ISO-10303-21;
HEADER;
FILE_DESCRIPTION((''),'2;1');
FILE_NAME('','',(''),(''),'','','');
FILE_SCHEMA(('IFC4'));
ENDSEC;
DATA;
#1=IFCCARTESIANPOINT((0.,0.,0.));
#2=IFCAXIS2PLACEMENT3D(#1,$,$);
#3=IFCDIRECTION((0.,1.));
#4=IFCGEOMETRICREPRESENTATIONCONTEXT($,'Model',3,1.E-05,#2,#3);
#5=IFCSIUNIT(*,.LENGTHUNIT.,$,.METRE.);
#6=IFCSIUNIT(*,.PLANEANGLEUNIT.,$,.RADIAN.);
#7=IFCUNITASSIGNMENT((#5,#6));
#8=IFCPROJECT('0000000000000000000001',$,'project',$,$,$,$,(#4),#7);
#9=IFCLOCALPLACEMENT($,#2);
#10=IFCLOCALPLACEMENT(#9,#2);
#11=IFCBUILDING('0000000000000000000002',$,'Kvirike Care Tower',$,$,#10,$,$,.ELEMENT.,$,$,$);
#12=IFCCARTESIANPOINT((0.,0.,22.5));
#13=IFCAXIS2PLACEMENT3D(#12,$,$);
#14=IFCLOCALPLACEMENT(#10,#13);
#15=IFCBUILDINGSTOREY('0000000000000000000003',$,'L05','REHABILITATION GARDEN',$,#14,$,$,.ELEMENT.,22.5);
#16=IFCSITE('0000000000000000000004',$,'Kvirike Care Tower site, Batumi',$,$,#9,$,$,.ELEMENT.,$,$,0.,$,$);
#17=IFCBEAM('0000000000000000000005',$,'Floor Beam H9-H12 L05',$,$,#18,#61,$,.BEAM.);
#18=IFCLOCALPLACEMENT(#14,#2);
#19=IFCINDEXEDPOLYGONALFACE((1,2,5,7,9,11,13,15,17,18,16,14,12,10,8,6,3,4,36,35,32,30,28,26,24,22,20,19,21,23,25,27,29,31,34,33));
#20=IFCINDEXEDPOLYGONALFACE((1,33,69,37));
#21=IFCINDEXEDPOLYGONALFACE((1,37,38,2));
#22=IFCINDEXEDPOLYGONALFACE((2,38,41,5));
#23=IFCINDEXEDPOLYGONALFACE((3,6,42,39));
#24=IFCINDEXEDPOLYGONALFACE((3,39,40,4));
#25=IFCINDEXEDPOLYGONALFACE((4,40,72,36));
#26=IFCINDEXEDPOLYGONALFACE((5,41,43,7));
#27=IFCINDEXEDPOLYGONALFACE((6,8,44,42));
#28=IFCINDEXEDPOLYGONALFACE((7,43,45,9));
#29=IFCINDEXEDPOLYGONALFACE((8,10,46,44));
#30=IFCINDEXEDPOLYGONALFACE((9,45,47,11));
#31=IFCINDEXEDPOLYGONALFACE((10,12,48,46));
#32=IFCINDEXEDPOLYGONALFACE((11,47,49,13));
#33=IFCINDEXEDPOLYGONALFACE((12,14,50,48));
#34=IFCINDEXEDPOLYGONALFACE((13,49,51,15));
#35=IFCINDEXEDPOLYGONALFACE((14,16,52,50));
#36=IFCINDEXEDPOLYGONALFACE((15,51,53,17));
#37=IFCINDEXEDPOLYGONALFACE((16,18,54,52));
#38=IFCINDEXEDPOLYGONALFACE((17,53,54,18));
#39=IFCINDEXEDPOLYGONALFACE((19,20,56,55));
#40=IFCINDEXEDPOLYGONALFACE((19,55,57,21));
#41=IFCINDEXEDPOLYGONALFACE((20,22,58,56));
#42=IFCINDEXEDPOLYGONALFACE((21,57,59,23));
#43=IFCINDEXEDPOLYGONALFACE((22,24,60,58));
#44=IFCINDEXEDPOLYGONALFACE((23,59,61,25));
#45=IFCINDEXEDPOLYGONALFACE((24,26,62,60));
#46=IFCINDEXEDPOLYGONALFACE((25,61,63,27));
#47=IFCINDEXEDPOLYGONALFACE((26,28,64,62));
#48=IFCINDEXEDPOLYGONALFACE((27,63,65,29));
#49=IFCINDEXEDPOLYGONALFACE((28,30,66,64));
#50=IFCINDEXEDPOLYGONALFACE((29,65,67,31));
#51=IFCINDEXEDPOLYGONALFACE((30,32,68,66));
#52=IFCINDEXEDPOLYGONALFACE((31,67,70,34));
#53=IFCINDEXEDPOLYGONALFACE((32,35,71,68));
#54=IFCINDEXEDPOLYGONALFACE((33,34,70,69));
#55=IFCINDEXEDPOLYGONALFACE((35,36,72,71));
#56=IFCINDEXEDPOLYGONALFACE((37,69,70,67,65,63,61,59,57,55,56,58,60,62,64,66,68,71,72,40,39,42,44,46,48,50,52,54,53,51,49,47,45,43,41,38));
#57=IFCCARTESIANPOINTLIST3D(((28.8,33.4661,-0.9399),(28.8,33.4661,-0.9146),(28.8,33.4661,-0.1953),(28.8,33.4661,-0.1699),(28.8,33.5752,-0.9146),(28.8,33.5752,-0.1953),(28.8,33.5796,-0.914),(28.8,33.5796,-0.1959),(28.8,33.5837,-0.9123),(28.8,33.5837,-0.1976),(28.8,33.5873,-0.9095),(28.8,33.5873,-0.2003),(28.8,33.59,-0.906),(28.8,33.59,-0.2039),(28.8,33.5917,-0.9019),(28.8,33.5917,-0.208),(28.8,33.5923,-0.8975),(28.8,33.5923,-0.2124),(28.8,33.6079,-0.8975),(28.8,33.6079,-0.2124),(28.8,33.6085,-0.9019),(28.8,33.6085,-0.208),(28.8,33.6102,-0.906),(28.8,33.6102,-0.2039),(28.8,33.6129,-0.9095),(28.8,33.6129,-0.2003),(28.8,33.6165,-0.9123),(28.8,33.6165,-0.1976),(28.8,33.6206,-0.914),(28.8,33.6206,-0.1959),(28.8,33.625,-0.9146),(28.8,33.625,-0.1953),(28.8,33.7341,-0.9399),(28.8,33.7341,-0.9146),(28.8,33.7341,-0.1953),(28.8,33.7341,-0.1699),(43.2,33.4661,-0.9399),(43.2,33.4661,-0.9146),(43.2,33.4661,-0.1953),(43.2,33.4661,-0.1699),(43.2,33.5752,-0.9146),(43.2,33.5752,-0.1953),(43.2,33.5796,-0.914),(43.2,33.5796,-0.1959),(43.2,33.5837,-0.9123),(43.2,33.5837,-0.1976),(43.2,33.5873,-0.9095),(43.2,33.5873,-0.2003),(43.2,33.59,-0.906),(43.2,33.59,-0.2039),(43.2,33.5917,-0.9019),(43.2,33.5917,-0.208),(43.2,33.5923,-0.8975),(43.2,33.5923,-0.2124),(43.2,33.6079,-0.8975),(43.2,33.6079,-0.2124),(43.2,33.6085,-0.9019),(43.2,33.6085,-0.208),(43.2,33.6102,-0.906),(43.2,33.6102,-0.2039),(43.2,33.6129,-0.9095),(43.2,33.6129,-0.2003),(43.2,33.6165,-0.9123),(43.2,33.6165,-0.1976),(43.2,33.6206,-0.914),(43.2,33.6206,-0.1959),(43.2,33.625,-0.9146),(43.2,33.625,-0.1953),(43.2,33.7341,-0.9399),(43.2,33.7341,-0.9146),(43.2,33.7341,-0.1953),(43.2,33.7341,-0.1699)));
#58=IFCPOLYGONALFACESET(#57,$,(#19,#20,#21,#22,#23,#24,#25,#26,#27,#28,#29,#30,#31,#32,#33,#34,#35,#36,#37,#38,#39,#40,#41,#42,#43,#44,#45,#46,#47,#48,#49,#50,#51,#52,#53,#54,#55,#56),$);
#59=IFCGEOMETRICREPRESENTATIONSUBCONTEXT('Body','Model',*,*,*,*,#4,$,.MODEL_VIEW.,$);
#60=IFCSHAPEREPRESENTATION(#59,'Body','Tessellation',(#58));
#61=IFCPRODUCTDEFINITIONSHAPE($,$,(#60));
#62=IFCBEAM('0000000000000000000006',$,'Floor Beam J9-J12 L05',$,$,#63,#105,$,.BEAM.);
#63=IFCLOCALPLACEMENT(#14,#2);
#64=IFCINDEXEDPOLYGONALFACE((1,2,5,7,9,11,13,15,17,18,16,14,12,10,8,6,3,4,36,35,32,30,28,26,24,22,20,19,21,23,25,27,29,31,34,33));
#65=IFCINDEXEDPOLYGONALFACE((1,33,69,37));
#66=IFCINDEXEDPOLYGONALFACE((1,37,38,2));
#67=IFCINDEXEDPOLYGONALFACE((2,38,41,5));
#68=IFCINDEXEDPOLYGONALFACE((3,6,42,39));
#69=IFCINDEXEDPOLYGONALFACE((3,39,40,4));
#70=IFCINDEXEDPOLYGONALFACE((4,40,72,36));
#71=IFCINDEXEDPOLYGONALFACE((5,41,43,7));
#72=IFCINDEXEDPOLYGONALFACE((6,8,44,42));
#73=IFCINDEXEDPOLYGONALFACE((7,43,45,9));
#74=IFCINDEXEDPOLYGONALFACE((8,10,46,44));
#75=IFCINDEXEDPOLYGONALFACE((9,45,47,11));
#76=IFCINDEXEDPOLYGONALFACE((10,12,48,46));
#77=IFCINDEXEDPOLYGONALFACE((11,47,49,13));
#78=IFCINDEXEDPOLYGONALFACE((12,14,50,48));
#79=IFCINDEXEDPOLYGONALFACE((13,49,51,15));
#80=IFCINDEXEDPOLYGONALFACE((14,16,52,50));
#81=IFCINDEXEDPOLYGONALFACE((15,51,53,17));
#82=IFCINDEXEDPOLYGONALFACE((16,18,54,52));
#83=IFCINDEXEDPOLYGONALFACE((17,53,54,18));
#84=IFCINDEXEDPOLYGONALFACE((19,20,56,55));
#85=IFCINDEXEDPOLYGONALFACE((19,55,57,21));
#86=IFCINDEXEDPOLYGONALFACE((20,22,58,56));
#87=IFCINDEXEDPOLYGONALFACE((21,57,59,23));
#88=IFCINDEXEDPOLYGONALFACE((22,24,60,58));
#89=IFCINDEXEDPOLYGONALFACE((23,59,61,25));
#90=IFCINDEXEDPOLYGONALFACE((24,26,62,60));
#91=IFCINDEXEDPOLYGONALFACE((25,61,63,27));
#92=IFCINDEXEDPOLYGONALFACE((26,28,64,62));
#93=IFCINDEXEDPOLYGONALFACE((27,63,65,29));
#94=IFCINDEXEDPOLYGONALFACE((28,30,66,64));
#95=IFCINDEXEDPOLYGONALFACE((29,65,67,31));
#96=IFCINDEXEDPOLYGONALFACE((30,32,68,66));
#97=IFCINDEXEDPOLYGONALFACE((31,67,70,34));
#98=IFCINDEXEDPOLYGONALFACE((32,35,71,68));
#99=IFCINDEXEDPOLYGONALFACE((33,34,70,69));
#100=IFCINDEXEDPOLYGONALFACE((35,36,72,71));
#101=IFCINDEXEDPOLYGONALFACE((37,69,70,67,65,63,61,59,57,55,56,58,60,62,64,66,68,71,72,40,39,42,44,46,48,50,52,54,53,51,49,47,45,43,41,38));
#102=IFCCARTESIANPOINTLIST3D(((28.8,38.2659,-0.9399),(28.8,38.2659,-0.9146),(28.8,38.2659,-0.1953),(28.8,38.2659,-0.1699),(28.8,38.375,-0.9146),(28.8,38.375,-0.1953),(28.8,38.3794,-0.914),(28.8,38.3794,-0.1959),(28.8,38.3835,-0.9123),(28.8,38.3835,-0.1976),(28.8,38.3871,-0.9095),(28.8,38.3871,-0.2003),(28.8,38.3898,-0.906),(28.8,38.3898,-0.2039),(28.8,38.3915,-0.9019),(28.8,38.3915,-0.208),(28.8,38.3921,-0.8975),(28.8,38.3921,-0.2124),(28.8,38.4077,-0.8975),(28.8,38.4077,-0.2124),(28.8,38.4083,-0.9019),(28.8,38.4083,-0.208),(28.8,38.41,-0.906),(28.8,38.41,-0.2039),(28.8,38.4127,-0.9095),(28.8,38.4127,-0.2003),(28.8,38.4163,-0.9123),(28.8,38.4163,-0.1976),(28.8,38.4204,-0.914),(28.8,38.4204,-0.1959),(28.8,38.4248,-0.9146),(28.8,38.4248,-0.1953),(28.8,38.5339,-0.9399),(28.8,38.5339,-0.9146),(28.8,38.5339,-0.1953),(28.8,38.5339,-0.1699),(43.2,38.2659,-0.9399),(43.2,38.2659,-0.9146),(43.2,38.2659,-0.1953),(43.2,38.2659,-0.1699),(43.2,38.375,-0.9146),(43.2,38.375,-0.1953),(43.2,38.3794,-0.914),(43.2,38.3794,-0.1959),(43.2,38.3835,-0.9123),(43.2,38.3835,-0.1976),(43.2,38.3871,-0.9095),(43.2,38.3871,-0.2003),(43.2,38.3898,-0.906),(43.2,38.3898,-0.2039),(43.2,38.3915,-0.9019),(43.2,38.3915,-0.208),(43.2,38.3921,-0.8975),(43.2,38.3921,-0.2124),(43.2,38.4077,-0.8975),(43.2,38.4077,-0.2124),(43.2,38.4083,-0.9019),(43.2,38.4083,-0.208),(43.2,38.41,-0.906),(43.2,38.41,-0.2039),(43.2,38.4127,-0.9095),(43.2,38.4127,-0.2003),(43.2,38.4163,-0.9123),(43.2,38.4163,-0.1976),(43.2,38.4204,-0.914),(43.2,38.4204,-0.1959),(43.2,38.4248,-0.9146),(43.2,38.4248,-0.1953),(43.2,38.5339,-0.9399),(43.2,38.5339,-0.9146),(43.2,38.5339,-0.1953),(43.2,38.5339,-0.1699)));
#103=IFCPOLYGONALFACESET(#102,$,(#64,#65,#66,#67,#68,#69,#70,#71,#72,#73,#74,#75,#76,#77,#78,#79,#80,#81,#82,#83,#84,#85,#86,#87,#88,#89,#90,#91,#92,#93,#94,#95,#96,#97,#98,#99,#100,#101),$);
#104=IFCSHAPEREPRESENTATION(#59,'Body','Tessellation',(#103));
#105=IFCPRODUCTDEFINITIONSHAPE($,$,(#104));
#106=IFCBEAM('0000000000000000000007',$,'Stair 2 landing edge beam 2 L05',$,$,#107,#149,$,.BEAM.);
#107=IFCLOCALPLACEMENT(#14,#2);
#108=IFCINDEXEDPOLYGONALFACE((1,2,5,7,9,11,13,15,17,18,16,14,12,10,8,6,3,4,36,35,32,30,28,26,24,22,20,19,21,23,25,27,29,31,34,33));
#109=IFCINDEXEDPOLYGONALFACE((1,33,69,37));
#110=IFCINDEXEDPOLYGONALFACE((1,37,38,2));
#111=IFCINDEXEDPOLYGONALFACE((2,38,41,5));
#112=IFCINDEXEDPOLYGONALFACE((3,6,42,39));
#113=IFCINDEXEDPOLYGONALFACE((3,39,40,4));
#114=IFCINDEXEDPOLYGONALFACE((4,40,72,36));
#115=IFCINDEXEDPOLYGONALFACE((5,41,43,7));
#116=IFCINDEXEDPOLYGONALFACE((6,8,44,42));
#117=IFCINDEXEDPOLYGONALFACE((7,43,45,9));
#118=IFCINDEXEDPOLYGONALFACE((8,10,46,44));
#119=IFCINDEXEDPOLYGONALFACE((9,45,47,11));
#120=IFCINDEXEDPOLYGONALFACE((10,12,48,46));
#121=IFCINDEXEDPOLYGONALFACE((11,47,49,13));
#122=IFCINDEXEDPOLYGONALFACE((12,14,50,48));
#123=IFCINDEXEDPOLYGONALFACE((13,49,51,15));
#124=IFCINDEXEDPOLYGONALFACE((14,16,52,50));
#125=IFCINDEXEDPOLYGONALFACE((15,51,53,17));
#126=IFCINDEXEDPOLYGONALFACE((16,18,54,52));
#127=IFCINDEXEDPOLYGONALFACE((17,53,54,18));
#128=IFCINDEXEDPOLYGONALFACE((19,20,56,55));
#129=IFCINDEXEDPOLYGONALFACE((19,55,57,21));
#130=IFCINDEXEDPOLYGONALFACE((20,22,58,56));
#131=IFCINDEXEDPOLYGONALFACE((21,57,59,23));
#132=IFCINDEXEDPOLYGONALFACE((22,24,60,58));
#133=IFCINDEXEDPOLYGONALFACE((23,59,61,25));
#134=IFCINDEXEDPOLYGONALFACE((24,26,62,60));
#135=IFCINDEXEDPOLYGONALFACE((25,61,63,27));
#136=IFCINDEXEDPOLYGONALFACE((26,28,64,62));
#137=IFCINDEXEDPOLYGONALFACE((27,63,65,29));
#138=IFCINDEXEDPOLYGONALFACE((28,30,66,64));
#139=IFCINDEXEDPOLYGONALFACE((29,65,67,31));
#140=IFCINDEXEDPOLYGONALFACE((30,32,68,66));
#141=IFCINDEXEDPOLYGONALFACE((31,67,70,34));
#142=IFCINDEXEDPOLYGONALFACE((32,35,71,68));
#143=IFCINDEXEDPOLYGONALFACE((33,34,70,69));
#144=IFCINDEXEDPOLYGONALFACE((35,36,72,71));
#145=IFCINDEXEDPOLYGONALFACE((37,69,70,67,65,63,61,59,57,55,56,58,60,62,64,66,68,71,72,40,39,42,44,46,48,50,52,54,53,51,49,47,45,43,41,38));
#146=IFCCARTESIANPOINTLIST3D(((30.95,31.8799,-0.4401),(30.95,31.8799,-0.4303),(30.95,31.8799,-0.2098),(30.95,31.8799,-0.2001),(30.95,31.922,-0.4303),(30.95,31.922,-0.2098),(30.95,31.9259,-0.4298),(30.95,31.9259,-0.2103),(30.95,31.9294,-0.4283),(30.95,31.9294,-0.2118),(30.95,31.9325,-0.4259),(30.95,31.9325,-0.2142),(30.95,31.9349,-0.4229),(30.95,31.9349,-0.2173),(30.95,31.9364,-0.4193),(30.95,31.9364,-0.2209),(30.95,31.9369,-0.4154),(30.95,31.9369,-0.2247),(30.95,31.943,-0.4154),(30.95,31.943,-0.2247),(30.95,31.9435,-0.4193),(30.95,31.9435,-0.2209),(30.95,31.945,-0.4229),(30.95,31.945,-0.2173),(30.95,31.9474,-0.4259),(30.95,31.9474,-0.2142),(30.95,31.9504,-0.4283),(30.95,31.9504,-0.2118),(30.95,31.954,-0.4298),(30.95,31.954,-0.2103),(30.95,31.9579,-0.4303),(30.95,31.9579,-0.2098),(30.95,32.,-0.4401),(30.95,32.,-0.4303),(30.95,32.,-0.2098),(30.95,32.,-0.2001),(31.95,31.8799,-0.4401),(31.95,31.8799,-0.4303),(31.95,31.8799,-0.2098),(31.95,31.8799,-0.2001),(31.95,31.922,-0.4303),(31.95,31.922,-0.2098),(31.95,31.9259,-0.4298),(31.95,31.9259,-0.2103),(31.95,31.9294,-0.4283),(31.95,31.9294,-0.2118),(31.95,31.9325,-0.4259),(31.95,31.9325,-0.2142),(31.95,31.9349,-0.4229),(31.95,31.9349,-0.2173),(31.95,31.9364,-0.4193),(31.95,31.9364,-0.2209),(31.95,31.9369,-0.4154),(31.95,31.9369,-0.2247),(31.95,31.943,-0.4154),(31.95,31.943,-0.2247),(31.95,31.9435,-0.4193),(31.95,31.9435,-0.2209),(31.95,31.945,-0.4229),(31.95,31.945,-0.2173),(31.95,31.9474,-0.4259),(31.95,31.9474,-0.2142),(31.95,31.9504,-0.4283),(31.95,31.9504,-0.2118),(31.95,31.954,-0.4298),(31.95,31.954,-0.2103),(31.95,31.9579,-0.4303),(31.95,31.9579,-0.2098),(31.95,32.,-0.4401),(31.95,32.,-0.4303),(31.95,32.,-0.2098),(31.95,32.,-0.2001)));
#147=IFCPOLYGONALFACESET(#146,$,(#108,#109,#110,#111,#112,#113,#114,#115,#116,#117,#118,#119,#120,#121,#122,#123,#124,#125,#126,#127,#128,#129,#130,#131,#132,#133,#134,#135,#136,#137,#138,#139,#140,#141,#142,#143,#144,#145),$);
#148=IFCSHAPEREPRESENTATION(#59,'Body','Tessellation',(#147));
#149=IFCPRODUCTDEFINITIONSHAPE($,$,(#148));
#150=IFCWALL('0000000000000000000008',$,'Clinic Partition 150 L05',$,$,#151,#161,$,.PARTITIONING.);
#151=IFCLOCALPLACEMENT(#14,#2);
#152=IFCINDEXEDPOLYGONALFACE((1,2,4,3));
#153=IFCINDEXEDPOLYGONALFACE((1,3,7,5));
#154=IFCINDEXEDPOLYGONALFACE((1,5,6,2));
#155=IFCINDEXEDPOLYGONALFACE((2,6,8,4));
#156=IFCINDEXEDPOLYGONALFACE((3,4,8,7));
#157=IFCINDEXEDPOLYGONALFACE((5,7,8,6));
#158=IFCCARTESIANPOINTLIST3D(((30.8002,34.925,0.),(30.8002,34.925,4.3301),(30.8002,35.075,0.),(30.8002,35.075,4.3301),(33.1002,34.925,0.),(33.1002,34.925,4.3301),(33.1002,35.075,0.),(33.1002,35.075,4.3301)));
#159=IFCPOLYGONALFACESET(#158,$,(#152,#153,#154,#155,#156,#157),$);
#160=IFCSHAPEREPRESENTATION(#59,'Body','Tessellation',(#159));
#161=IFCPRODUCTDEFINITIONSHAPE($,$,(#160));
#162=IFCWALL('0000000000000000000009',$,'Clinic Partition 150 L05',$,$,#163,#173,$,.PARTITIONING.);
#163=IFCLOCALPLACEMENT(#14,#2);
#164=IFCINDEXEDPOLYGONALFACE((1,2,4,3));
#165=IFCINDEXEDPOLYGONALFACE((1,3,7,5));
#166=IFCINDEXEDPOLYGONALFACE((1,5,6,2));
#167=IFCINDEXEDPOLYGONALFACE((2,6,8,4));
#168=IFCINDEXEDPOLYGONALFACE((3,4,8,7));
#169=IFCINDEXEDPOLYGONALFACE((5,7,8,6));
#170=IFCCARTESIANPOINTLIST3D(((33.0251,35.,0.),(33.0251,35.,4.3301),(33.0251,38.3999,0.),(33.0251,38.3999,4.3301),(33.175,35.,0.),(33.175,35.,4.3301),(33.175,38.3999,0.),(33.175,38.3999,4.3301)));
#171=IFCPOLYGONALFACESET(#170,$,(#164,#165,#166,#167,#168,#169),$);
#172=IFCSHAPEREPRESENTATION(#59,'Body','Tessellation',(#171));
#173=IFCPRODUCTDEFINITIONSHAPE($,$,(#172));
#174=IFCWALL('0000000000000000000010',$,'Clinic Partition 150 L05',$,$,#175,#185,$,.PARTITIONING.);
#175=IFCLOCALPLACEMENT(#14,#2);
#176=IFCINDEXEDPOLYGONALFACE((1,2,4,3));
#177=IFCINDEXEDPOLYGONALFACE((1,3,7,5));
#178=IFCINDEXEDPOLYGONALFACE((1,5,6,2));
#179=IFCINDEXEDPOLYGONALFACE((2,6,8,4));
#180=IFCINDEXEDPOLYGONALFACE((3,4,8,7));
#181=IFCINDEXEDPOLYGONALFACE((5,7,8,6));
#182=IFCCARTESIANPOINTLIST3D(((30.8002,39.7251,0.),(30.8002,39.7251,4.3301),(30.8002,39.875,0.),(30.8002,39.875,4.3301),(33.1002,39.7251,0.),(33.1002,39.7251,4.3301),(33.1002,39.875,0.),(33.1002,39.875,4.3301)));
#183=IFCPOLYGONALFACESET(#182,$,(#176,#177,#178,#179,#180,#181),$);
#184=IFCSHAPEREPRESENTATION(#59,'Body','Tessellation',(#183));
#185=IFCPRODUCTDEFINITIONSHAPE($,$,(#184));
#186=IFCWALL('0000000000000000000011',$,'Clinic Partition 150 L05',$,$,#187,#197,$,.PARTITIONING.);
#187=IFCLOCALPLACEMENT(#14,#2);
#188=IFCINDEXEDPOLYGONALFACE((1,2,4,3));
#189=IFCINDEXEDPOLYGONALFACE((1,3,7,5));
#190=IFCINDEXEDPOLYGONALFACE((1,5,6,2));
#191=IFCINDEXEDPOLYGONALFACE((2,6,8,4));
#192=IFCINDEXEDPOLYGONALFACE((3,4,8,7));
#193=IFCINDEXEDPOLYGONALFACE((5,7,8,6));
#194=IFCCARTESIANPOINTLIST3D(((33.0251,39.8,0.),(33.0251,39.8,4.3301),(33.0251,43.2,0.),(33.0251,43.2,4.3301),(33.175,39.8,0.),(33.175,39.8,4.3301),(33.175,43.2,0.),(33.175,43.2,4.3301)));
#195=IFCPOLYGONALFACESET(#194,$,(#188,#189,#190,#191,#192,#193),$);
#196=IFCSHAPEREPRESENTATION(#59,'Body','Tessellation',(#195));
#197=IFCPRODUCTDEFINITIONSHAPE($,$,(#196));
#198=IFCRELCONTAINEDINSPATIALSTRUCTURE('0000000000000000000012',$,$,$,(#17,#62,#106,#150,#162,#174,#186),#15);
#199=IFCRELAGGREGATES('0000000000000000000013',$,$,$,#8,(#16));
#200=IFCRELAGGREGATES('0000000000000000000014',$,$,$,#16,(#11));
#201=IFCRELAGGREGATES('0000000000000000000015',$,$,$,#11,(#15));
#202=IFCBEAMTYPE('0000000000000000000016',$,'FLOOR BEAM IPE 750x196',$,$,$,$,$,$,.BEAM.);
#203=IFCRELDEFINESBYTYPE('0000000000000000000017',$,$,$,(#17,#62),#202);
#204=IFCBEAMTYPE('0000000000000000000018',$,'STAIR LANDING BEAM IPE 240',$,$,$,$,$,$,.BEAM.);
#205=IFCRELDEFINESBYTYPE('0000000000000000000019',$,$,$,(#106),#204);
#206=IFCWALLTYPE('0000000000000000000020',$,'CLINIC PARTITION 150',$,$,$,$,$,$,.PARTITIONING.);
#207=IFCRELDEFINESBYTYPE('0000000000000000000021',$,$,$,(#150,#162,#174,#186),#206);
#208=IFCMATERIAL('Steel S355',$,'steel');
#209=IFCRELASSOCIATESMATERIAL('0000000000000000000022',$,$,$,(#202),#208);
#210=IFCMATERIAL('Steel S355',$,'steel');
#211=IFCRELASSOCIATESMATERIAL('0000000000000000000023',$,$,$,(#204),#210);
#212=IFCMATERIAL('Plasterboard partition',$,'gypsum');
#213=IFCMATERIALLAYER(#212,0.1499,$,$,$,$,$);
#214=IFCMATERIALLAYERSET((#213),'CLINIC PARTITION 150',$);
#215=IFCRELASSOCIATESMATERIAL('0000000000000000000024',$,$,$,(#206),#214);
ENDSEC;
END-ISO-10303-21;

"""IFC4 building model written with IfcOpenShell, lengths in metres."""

from ifc_helpers import new_model, si_unit, direction, frame, frame_2d, origin, origin_2d, place, context, subcontext, project, spatial, rectangle, i_section, extrude, material, layer, layer_set, material_profile, profile_set, type_object, element, save


model = new_model("IFC4")

# Units and contexts
model_context = context("Model", 3, precision=1e-05, world=origin(), true_north=direction((0.0, 1.0)))
body_context = subcontext(model_context, "Body", "Model", "MODEL_VIEW")
ifc_project = project(units=[si_unit("LENGTHUNIT", "METRE"), si_unit("PLANEANGLEUNIT", "RADIAN")], contexts=[model_context])

# Site, building, storey
site_placement = place(None, origin())
site = spatial("IfcSite", under=ifc_project, at=site_placement, Name="Kvirike Care Tower site, Batumi", CompositionType="ELEMENT", RefElevation=0.0)
building_placement = place(site_placement, origin())
building = spatial("IfcBuilding", under=site, at=building_placement, Name="Kvirike Care Tower", CompositionType="ELEMENT")
storey_placement = place(building_placement, frame((0.0, 0.0, 22.5)))
storey = spatial("IfcBuildingStorey", under=building, at=storey_placement, Name="L05", Description="REHABILITATION GARDEN", CompositionType="ELEMENT", Elevation=22.5)

# Beams
ifc_material_1 = material(Name="Steel S355", Category="steel")
ifc_material_profile_1 = material_profile(ifc_material_1, i_section(OverallWidth=0.2681, OverallDepth=0.77, WebThickness=0.0156, FlangeThickness=0.0254, FilletRadius=0.0171, at=origin_2d()), Name="IPE 750x196")
ifc_profile_set_1 = profile_set([ifc_material_profile_1], Name="Steel S355")
beam_type_1 = type_object("IfcBeamType", Name="FLOOR BEAM IPE 750x196", PredefinedType="BEAM", material=ifc_profile_set_1)
for number, where, z_axis, x_axis, name in (
    (1, (28.8, 33.6001, -0.5549), (1.0, 0.0, 0.0), (0.0, 1.0, 0.0), "Floor Beam H9-H12 L05"),
    (2, (28.8, 38.3999, -0.5549), (1.0, 0.0, 0.0), (0.0, 1.0, 0.0), "Floor Beam J9-J12 L05"),
):
    element("IfcBeam", number, at=place(storey_placement, frame(where, z_axis=z_axis, x_axis=x_axis)), inside=storey, type_object=beam_type_1, Name=name, PredefinedType="BEAM", context=body_context, shape_type="SweptSolid", body=[
        extrude(i_section(OverallWidth=0.2681, OverallDepth=0.77, WebThickness=0.0156, FlangeThickness=0.0254, FilletRadius=0.0171, at=origin_2d()), origin(), (0.0, 0.0, 1.0), 14.3999),
    ])
ifc_material_2 = material(Name="Steel S355", Category="steel")
ifc_material_profile_2 = material_profile(ifc_material_2, i_section(OverallWidth=0.1201, OverallDepth=0.24, WebThickness=0.0061, FlangeThickness=0.0098, FilletRadius=0.0149, at=origin_2d()), Name="IPE 240")
ifc_profile_set_2 = profile_set([ifc_material_profile_2], Name="Steel S355")
beam_type_2 = type_object("IfcBeamType", Name="STAIR LANDING BEAM IPE 240", PredefinedType="BEAM", material=ifc_profile_set_2)
beam_placement = place(storey_placement, frame((31.95, 31.9399, -0.3201), z_axis=(-1.0, 0.0, 0.0), x_axis=(0.0, -1.0, 0.0)))
element("IfcBeam", 3, at=beam_placement, inside=storey, type_object=beam_type_2, Name="Stair 2 landing edge beam 2 L05", PredefinedType="BEAM", context=body_context, shape_type="SweptSolid", body=[
    extrude(i_section(OverallWidth=0.1201, OverallDepth=0.24, WebThickness=0.0061, FlangeThickness=0.0098, FilletRadius=0.0149, at=origin_2d()), origin(), (0.0, 0.0, 1.0), 1.0),
])

# Walls
ifc_material_3 = material(Name="Plasterboard partition", Category="gypsum")
ifc_layer_1 = layer(ifc_material_3, 0.1499)
ifc_layer_set_1 = layer_set([ifc_layer_1], Name="CLINIC PARTITION 150")
wall_type_1 = type_object("IfcWallType", Name="CLINIC PARTITION 150", PredefinedType="PARTITIONING", material=ifc_layer_set_1)
wall_1_placement = place(storey_placement, frame((33.1001, 35.0, 0.0), z_axis=(0.0, 0.0, 1.0), x_axis=(-1.0, 0.0, 0.0)))
element("IfcWall", 4, at=wall_1_placement, inside=storey, type_object=wall_type_1, Name="Clinic Partition 150 L05", PredefinedType="PARTITIONING", context=body_context, shape_type="SweptSolid", body=[
    extrude(rectangle(XDim=2.3, YDim=0.1499, at=frame_2d((1.1499, 0.0))), origin(), (0.0, 0.0, 1.0), 4.3301),
])
wall_2_placement = place(storey_placement, frame((33.1001, 35.0, 0.0), z_axis=(0.0, 0.0, 1.0), x_axis=(0.0, 1.0, 0.0)))
element("IfcWall", 5, at=wall_2_placement, inside=storey, type_object=wall_type_1, Name="Clinic Partition 150 L05", PredefinedType="PARTITIONING", context=body_context, shape_type="SweptSolid", body=[
    extrude(rectangle(XDim=3.3999, YDim=0.1499, at=frame_2d((1.7, 0.0))), origin(), (0.0, 0.0, 1.0), 4.3301),
])
wall_3_placement = place(storey_placement, frame((33.1001, 39.8, 0.0), z_axis=(0.0, 0.0, 1.0), x_axis=(-1.0, 0.0, 0.0)))
element("IfcWall", 6, at=wall_3_placement, inside=storey, type_object=wall_type_1, Name="Clinic Partition 150 L05", PredefinedType="PARTITIONING", context=body_context, shape_type="SweptSolid", body=[
    extrude(rectangle(XDim=2.3, YDim=0.1499, at=frame_2d((1.1499, 0.0))), origin(), (0.0, 0.0, 1.0), 4.3301),
])
wall_4_placement = place(storey_placement, frame((33.1001, 39.8, 0.0), z_axis=(0.0, 0.0, 1.0), x_axis=(0.0, 1.0, 0.0)))
element("IfcWall", 7, at=wall_4_placement, inside=storey, type_object=wall_type_1, Name="Clinic Partition 150 L05", PredefinedType="PARTITIONING", context=body_context, shape_type="SweptSolid", body=[
    extrude(rectangle(XDim=3.3999, YDim=0.1499, at=frame_2d((1.7, 0.0))), origin(), (0.0, 0.0, 1.0), 4.3301),
])

save(model, "model.ifc")
